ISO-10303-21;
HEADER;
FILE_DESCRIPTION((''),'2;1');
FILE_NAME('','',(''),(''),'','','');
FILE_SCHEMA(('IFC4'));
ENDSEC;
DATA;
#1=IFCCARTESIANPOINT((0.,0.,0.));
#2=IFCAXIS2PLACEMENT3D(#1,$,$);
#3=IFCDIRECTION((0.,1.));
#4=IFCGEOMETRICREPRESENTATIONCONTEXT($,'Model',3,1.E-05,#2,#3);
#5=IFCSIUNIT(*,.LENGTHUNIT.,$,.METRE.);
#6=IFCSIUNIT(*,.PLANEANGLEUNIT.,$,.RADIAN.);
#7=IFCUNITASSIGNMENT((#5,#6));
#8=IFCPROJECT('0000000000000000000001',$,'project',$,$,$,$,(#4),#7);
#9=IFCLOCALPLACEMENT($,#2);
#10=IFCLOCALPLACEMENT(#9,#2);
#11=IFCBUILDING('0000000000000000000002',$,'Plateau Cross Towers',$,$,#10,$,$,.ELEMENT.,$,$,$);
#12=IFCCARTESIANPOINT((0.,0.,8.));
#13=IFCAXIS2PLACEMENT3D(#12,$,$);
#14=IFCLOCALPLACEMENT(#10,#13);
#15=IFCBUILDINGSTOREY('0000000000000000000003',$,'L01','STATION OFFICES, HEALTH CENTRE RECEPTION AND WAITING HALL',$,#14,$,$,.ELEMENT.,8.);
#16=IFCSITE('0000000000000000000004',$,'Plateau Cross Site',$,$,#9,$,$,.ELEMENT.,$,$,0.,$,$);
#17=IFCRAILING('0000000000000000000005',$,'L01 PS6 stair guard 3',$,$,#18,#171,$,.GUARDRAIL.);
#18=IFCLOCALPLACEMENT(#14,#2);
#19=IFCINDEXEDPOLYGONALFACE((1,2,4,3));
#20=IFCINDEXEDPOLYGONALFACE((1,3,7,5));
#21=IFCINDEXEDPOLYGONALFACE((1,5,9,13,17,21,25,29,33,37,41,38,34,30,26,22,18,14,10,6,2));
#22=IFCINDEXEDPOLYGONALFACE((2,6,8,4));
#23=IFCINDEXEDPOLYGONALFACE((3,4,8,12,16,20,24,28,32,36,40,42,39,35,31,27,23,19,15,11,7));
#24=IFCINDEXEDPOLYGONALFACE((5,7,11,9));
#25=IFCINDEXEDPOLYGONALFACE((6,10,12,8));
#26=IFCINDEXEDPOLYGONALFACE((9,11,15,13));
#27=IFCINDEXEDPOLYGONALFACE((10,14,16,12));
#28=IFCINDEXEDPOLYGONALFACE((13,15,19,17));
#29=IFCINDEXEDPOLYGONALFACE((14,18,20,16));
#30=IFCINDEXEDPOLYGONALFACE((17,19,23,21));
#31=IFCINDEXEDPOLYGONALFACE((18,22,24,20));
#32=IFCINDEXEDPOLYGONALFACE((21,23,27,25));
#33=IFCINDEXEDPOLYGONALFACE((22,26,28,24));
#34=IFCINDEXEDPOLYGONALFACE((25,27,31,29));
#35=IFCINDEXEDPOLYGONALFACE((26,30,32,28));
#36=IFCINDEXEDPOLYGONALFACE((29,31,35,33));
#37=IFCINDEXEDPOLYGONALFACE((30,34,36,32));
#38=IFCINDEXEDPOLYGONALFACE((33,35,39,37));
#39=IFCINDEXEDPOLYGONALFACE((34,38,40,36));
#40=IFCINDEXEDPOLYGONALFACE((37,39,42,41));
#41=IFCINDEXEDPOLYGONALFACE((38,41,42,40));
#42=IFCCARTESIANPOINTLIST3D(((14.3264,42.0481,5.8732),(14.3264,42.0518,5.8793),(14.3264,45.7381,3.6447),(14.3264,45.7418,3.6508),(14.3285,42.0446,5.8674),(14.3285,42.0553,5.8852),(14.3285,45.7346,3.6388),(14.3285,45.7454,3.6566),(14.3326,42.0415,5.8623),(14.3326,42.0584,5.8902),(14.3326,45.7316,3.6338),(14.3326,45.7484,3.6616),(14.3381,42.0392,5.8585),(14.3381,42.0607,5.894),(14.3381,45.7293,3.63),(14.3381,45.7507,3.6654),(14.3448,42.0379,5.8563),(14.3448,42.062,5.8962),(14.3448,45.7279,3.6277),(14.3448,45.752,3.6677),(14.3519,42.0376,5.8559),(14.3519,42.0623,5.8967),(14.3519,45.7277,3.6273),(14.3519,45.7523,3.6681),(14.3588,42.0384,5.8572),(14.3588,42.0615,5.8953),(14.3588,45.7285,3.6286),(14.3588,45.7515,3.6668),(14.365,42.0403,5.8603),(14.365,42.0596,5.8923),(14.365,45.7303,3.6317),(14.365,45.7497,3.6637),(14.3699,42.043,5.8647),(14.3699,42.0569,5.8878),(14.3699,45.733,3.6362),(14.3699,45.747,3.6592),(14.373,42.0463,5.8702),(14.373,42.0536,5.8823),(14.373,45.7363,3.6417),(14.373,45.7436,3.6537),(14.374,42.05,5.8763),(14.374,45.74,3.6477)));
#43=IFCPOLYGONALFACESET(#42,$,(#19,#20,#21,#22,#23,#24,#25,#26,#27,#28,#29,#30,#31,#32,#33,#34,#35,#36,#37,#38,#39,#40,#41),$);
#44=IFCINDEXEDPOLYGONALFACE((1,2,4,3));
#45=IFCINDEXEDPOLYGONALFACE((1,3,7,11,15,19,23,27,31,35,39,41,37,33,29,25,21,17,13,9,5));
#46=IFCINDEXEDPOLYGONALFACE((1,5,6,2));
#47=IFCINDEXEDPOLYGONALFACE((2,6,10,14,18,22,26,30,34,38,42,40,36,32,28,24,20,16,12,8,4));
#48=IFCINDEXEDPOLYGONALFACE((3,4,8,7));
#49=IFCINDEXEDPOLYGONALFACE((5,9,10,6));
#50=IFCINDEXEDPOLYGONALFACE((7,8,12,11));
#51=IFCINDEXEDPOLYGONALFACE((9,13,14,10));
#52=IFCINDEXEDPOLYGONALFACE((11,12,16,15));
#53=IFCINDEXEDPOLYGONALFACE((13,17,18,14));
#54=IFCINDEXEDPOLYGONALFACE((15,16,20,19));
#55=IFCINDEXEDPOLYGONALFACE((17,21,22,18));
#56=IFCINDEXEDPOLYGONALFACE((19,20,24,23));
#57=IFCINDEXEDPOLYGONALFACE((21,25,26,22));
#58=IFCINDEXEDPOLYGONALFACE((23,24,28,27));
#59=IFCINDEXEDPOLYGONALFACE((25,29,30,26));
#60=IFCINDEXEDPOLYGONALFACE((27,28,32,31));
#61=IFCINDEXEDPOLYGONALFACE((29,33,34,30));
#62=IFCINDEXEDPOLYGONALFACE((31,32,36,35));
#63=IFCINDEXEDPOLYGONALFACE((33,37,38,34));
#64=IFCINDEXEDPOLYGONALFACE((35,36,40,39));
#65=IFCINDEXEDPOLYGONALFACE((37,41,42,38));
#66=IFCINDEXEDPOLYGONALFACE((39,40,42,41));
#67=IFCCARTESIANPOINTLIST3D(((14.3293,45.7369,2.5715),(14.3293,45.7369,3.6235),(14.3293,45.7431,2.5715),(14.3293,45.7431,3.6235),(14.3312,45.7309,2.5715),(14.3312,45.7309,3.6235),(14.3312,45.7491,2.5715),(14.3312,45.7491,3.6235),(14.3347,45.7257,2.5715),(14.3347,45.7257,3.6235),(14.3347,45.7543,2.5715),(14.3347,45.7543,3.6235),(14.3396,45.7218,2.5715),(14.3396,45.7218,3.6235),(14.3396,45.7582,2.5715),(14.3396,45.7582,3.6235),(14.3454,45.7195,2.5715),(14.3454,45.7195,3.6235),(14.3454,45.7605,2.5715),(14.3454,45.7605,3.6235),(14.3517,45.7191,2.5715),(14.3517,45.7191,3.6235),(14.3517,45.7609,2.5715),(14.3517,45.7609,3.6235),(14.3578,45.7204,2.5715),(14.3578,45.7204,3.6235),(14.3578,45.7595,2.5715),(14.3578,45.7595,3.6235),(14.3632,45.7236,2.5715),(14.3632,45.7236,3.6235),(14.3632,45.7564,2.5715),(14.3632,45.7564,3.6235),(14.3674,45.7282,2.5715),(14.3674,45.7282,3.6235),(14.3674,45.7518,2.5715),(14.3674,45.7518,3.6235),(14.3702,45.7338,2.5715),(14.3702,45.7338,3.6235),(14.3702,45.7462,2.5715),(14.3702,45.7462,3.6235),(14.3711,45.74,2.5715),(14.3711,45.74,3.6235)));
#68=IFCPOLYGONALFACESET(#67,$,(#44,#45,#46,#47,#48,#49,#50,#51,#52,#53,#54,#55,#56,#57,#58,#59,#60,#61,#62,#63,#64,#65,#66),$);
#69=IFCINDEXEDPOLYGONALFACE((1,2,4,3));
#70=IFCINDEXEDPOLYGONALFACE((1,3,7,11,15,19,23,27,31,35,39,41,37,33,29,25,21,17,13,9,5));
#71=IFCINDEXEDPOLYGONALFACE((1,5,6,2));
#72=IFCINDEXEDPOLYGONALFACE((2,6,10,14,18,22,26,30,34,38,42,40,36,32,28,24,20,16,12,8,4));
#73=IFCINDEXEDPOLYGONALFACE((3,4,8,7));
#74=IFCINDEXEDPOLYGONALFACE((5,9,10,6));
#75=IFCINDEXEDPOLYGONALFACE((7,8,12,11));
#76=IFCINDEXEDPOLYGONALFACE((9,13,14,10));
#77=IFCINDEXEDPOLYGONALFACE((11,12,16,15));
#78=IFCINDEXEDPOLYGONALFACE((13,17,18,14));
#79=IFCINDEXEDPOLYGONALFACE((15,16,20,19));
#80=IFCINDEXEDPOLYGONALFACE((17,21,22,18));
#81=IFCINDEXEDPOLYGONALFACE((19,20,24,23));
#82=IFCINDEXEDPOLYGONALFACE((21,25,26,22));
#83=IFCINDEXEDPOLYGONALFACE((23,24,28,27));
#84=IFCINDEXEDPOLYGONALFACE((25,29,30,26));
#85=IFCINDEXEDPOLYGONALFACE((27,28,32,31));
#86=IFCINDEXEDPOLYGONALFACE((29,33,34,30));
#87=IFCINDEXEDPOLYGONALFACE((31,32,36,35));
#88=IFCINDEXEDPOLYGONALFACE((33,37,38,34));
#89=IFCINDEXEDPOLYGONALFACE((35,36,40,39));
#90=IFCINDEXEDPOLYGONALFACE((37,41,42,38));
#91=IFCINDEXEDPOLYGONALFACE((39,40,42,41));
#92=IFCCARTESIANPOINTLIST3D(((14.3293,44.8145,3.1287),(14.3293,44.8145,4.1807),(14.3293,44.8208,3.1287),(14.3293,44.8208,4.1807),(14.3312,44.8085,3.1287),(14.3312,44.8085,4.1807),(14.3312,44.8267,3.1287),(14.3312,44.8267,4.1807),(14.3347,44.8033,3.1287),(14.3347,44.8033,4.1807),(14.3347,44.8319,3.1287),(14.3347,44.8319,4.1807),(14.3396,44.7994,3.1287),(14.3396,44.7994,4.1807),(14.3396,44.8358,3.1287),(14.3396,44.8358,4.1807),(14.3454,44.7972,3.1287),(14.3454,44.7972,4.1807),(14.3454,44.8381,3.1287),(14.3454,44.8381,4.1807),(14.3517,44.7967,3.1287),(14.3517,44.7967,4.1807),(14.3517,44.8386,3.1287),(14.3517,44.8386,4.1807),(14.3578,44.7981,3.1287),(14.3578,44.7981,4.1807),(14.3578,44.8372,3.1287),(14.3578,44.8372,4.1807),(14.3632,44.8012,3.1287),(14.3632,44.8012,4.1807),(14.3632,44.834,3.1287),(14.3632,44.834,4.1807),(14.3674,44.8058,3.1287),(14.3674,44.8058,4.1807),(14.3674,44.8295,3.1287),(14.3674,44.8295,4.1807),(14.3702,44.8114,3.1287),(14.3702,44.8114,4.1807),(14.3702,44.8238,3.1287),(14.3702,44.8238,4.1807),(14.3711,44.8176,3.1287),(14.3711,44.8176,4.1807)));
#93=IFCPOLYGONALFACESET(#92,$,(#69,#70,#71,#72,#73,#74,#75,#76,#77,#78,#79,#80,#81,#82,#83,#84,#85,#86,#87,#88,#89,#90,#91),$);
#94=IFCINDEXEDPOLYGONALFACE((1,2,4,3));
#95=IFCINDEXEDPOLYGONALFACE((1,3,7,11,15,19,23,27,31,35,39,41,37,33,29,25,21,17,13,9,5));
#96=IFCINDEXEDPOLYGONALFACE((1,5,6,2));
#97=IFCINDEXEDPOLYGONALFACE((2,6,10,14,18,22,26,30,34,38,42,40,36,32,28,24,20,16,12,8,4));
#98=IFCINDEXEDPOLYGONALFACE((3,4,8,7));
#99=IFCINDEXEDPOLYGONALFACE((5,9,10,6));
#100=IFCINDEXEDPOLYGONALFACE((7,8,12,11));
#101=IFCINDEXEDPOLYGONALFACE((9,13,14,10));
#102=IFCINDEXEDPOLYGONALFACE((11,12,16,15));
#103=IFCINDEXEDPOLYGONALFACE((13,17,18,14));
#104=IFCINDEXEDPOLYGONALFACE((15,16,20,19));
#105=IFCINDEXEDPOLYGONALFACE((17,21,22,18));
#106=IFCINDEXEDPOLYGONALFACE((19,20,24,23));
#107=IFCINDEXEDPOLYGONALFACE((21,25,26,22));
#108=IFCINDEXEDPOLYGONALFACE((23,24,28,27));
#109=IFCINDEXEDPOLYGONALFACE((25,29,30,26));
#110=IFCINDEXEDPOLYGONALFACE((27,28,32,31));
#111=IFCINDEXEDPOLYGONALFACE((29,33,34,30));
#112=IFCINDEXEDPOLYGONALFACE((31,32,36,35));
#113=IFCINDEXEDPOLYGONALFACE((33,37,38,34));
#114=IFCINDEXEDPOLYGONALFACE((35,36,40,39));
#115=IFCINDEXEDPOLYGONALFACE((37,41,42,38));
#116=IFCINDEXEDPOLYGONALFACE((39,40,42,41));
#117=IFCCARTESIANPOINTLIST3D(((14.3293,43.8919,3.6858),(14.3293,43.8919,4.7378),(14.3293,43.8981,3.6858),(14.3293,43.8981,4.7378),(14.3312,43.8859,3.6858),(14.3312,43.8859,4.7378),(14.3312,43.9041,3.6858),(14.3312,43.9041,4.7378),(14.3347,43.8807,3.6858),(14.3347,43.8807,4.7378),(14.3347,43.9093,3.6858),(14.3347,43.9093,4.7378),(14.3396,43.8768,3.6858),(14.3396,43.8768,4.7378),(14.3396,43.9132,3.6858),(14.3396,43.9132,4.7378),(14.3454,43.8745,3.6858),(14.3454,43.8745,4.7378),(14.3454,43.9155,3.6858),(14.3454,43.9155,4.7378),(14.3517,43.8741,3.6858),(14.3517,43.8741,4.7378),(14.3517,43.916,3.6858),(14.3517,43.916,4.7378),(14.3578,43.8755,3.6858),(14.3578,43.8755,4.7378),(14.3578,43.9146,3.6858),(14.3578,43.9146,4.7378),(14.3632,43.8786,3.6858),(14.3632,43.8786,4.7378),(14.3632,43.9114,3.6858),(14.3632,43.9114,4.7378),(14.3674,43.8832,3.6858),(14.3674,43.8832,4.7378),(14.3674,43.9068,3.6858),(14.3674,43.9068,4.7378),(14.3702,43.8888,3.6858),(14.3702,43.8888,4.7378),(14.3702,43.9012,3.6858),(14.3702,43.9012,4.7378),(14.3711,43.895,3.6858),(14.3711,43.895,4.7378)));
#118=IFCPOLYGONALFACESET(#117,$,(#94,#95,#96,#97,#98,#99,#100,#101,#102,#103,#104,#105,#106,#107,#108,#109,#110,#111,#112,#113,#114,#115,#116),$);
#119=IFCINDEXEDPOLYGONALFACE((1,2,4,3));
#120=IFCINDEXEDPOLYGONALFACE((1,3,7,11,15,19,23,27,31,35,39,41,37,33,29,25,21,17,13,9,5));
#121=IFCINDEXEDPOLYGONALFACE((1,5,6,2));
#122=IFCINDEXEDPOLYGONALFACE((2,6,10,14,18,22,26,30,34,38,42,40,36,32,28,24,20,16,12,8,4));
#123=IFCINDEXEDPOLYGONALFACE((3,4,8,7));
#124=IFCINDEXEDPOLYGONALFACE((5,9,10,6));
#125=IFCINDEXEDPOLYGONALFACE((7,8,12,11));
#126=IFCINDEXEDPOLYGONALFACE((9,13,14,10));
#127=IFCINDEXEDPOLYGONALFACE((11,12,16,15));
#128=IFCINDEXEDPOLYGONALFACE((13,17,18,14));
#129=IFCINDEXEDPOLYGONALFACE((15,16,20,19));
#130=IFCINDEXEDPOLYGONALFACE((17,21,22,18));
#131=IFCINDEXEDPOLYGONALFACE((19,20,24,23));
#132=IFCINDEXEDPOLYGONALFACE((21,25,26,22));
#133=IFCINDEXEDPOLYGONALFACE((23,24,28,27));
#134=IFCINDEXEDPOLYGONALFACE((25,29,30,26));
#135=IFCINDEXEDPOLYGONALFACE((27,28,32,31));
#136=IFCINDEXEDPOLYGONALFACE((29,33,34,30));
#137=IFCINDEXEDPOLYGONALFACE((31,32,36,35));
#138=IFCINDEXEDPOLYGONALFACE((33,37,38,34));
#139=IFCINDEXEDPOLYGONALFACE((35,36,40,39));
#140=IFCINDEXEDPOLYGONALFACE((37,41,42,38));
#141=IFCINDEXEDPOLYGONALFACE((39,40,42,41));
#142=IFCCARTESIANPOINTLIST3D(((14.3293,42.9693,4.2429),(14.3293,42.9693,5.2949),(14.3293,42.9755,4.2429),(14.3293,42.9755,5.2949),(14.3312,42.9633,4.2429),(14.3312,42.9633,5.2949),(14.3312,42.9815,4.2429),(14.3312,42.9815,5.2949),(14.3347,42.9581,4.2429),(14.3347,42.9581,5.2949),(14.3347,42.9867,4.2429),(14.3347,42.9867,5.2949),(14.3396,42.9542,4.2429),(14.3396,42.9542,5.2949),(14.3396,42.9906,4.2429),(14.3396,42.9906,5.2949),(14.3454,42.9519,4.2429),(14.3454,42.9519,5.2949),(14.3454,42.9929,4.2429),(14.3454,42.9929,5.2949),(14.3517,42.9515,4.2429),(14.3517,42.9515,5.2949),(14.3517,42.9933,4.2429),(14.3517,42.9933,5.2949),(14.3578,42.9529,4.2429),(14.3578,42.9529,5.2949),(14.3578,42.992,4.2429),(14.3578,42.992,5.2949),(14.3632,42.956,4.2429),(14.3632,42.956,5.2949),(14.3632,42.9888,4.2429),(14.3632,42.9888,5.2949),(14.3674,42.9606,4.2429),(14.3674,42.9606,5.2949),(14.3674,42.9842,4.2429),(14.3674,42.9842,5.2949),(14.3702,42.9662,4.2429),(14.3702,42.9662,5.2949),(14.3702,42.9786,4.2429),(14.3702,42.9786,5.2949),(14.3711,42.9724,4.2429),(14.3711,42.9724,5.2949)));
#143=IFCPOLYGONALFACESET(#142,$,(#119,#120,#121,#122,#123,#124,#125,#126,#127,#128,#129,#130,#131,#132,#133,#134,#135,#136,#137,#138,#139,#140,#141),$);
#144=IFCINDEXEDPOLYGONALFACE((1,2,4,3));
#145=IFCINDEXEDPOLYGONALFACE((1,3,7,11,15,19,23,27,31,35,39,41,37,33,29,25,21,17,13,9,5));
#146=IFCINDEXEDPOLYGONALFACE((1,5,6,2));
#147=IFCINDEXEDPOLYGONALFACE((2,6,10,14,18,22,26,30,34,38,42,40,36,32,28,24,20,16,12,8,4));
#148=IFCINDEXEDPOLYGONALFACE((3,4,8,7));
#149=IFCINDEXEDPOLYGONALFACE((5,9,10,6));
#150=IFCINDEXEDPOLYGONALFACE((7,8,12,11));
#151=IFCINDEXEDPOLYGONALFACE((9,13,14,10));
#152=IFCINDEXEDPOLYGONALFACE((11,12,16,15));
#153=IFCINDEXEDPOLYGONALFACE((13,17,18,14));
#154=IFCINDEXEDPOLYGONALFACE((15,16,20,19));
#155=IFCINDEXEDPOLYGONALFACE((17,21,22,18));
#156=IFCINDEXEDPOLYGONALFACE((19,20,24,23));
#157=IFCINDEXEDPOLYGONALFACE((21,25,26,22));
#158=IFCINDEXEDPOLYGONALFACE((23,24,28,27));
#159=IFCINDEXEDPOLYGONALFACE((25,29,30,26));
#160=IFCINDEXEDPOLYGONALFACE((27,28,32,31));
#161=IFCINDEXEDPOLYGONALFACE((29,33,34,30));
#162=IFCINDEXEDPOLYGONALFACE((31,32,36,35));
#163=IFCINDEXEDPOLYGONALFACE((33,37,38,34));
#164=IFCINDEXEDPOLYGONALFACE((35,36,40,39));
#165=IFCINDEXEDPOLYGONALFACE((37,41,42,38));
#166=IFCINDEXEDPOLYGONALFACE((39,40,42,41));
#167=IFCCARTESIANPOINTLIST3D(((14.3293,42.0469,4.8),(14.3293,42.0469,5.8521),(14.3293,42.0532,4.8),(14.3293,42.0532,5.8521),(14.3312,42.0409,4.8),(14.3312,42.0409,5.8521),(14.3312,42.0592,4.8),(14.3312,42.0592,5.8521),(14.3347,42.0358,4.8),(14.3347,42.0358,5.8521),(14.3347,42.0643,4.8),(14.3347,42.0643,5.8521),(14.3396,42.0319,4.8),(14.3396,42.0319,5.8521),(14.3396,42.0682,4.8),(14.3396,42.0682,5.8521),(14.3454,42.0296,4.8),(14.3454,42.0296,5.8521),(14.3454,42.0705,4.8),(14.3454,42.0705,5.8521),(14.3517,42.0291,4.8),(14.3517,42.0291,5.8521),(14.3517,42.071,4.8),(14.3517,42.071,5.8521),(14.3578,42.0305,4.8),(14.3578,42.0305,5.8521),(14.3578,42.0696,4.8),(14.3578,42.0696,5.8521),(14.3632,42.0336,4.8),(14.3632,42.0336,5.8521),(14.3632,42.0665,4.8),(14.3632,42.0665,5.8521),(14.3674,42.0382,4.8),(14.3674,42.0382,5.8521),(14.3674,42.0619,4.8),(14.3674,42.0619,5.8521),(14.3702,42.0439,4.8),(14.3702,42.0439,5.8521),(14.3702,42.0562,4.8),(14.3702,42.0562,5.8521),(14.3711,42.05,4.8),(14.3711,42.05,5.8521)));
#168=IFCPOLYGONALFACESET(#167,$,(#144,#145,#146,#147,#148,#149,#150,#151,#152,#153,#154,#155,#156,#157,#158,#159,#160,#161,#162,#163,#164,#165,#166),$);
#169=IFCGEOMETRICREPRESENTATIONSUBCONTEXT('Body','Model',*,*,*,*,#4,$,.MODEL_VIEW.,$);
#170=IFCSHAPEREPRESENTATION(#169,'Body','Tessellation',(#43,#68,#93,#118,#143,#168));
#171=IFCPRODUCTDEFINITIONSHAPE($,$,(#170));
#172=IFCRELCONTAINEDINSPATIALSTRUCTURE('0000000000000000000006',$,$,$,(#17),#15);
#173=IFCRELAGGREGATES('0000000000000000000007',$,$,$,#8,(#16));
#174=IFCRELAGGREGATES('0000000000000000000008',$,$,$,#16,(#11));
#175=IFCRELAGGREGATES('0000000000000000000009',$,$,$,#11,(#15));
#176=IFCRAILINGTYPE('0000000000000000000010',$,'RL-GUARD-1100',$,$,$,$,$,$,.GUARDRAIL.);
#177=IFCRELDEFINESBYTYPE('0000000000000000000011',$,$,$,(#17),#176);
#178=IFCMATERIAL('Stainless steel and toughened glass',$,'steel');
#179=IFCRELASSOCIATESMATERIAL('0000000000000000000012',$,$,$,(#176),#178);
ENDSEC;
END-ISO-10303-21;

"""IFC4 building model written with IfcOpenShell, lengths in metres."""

from ifc_helpers import new_model, si_unit, direction, frame, origin, origin_2d, place, context, subcontext, project, spatial, circle, extrude, material, type_object, element, save


model = new_model("IFC4")

# Units and contexts
model_context = context("Model", 3, precision=1e-05, world=origin(), true_north=direction((0.0, 1.0)))
body_context = subcontext(model_context, "Body", "Model", "MODEL_VIEW")
ifc_project = project(units=[si_unit("LENGTHUNIT", "METRE"), si_unit("PLANEANGLEUNIT", "RADIAN")], contexts=[model_context])

# Site, building, storey
site_placement = place(None, origin())
site = spatial("IfcSite", under=ifc_project, at=site_placement, Name="Plateau Cross Site", CompositionType="ELEMENT", RefElevation=0.0)
building_placement = place(site_placement, origin())
building = spatial("IfcBuilding", under=site, at=building_placement, Name="Plateau Cross Towers", CompositionType="ELEMENT")
storey_placement = place(building_placement, frame((0.0, 0.0, 8.0)))
storey = spatial("IfcBuildingStorey", under=building, at=storey_placement, Name="L01", Description="STATION OFFICES, HEALTH CENTRE RECEPTION AND WAITING HALL", CompositionType="ELEMENT", Elevation=8.0)

# Railing
ifc_material_1 = material(Name="Stainless steel and toughened glass", Category="steel")
railing_type_1 = type_object("IfcRailingType", Name="RL-GUARD-1100", PredefinedType="GUARDRAIL", material=ifc_material_1)
railing_1_placement = place(storey_placement, frame((14.3501, 45.74, 2.5715)))
element("IfcRailing", 1, at=railing_1_placement, inside=storey, type_object=railing_type_1, Name="L01 PS6 stair guard 3", PredefinedType="GUARDRAIL", context=body_context, shape_type="SweptSolid", body=[
    extrude(circle(Radius=0.0239, at=origin_2d()), frame((0.0, 0.0, 1.0762), z_axis=(0.0, -0.856, 0.516976), x_axis=(1.0, 0.0, 0.0)), (0.0, 0.0, 1.0), 4.3108),
    extrude(circle(Radius=0.021, at=origin_2d()), origin(), (0.0, 0.0, 1.0), 1.052),
    extrude(circle(Radius=0.021, at=origin_2d()), frame((0.0, -0.9224, 0.5571)), (0.0, 0.0, 1.0), 1.052),
    extrude(circle(Radius=0.021, at=origin_2d()), frame((0.0, -1.845, 1.1143)), (0.0, 0.0, 1.0), 1.052),
    extrude(circle(Radius=0.021, at=origin_2d()), frame((0.0, -2.7676, 1.6714)), (0.0, 0.0, 1.0), 1.052),
    extrude(circle(Radius=0.021, at=origin_2d()), frame((0.0, -3.6899, 2.2285)), (0.0, 0.0, 1.0), 1.052),
])

save(model, "model.ifc")
